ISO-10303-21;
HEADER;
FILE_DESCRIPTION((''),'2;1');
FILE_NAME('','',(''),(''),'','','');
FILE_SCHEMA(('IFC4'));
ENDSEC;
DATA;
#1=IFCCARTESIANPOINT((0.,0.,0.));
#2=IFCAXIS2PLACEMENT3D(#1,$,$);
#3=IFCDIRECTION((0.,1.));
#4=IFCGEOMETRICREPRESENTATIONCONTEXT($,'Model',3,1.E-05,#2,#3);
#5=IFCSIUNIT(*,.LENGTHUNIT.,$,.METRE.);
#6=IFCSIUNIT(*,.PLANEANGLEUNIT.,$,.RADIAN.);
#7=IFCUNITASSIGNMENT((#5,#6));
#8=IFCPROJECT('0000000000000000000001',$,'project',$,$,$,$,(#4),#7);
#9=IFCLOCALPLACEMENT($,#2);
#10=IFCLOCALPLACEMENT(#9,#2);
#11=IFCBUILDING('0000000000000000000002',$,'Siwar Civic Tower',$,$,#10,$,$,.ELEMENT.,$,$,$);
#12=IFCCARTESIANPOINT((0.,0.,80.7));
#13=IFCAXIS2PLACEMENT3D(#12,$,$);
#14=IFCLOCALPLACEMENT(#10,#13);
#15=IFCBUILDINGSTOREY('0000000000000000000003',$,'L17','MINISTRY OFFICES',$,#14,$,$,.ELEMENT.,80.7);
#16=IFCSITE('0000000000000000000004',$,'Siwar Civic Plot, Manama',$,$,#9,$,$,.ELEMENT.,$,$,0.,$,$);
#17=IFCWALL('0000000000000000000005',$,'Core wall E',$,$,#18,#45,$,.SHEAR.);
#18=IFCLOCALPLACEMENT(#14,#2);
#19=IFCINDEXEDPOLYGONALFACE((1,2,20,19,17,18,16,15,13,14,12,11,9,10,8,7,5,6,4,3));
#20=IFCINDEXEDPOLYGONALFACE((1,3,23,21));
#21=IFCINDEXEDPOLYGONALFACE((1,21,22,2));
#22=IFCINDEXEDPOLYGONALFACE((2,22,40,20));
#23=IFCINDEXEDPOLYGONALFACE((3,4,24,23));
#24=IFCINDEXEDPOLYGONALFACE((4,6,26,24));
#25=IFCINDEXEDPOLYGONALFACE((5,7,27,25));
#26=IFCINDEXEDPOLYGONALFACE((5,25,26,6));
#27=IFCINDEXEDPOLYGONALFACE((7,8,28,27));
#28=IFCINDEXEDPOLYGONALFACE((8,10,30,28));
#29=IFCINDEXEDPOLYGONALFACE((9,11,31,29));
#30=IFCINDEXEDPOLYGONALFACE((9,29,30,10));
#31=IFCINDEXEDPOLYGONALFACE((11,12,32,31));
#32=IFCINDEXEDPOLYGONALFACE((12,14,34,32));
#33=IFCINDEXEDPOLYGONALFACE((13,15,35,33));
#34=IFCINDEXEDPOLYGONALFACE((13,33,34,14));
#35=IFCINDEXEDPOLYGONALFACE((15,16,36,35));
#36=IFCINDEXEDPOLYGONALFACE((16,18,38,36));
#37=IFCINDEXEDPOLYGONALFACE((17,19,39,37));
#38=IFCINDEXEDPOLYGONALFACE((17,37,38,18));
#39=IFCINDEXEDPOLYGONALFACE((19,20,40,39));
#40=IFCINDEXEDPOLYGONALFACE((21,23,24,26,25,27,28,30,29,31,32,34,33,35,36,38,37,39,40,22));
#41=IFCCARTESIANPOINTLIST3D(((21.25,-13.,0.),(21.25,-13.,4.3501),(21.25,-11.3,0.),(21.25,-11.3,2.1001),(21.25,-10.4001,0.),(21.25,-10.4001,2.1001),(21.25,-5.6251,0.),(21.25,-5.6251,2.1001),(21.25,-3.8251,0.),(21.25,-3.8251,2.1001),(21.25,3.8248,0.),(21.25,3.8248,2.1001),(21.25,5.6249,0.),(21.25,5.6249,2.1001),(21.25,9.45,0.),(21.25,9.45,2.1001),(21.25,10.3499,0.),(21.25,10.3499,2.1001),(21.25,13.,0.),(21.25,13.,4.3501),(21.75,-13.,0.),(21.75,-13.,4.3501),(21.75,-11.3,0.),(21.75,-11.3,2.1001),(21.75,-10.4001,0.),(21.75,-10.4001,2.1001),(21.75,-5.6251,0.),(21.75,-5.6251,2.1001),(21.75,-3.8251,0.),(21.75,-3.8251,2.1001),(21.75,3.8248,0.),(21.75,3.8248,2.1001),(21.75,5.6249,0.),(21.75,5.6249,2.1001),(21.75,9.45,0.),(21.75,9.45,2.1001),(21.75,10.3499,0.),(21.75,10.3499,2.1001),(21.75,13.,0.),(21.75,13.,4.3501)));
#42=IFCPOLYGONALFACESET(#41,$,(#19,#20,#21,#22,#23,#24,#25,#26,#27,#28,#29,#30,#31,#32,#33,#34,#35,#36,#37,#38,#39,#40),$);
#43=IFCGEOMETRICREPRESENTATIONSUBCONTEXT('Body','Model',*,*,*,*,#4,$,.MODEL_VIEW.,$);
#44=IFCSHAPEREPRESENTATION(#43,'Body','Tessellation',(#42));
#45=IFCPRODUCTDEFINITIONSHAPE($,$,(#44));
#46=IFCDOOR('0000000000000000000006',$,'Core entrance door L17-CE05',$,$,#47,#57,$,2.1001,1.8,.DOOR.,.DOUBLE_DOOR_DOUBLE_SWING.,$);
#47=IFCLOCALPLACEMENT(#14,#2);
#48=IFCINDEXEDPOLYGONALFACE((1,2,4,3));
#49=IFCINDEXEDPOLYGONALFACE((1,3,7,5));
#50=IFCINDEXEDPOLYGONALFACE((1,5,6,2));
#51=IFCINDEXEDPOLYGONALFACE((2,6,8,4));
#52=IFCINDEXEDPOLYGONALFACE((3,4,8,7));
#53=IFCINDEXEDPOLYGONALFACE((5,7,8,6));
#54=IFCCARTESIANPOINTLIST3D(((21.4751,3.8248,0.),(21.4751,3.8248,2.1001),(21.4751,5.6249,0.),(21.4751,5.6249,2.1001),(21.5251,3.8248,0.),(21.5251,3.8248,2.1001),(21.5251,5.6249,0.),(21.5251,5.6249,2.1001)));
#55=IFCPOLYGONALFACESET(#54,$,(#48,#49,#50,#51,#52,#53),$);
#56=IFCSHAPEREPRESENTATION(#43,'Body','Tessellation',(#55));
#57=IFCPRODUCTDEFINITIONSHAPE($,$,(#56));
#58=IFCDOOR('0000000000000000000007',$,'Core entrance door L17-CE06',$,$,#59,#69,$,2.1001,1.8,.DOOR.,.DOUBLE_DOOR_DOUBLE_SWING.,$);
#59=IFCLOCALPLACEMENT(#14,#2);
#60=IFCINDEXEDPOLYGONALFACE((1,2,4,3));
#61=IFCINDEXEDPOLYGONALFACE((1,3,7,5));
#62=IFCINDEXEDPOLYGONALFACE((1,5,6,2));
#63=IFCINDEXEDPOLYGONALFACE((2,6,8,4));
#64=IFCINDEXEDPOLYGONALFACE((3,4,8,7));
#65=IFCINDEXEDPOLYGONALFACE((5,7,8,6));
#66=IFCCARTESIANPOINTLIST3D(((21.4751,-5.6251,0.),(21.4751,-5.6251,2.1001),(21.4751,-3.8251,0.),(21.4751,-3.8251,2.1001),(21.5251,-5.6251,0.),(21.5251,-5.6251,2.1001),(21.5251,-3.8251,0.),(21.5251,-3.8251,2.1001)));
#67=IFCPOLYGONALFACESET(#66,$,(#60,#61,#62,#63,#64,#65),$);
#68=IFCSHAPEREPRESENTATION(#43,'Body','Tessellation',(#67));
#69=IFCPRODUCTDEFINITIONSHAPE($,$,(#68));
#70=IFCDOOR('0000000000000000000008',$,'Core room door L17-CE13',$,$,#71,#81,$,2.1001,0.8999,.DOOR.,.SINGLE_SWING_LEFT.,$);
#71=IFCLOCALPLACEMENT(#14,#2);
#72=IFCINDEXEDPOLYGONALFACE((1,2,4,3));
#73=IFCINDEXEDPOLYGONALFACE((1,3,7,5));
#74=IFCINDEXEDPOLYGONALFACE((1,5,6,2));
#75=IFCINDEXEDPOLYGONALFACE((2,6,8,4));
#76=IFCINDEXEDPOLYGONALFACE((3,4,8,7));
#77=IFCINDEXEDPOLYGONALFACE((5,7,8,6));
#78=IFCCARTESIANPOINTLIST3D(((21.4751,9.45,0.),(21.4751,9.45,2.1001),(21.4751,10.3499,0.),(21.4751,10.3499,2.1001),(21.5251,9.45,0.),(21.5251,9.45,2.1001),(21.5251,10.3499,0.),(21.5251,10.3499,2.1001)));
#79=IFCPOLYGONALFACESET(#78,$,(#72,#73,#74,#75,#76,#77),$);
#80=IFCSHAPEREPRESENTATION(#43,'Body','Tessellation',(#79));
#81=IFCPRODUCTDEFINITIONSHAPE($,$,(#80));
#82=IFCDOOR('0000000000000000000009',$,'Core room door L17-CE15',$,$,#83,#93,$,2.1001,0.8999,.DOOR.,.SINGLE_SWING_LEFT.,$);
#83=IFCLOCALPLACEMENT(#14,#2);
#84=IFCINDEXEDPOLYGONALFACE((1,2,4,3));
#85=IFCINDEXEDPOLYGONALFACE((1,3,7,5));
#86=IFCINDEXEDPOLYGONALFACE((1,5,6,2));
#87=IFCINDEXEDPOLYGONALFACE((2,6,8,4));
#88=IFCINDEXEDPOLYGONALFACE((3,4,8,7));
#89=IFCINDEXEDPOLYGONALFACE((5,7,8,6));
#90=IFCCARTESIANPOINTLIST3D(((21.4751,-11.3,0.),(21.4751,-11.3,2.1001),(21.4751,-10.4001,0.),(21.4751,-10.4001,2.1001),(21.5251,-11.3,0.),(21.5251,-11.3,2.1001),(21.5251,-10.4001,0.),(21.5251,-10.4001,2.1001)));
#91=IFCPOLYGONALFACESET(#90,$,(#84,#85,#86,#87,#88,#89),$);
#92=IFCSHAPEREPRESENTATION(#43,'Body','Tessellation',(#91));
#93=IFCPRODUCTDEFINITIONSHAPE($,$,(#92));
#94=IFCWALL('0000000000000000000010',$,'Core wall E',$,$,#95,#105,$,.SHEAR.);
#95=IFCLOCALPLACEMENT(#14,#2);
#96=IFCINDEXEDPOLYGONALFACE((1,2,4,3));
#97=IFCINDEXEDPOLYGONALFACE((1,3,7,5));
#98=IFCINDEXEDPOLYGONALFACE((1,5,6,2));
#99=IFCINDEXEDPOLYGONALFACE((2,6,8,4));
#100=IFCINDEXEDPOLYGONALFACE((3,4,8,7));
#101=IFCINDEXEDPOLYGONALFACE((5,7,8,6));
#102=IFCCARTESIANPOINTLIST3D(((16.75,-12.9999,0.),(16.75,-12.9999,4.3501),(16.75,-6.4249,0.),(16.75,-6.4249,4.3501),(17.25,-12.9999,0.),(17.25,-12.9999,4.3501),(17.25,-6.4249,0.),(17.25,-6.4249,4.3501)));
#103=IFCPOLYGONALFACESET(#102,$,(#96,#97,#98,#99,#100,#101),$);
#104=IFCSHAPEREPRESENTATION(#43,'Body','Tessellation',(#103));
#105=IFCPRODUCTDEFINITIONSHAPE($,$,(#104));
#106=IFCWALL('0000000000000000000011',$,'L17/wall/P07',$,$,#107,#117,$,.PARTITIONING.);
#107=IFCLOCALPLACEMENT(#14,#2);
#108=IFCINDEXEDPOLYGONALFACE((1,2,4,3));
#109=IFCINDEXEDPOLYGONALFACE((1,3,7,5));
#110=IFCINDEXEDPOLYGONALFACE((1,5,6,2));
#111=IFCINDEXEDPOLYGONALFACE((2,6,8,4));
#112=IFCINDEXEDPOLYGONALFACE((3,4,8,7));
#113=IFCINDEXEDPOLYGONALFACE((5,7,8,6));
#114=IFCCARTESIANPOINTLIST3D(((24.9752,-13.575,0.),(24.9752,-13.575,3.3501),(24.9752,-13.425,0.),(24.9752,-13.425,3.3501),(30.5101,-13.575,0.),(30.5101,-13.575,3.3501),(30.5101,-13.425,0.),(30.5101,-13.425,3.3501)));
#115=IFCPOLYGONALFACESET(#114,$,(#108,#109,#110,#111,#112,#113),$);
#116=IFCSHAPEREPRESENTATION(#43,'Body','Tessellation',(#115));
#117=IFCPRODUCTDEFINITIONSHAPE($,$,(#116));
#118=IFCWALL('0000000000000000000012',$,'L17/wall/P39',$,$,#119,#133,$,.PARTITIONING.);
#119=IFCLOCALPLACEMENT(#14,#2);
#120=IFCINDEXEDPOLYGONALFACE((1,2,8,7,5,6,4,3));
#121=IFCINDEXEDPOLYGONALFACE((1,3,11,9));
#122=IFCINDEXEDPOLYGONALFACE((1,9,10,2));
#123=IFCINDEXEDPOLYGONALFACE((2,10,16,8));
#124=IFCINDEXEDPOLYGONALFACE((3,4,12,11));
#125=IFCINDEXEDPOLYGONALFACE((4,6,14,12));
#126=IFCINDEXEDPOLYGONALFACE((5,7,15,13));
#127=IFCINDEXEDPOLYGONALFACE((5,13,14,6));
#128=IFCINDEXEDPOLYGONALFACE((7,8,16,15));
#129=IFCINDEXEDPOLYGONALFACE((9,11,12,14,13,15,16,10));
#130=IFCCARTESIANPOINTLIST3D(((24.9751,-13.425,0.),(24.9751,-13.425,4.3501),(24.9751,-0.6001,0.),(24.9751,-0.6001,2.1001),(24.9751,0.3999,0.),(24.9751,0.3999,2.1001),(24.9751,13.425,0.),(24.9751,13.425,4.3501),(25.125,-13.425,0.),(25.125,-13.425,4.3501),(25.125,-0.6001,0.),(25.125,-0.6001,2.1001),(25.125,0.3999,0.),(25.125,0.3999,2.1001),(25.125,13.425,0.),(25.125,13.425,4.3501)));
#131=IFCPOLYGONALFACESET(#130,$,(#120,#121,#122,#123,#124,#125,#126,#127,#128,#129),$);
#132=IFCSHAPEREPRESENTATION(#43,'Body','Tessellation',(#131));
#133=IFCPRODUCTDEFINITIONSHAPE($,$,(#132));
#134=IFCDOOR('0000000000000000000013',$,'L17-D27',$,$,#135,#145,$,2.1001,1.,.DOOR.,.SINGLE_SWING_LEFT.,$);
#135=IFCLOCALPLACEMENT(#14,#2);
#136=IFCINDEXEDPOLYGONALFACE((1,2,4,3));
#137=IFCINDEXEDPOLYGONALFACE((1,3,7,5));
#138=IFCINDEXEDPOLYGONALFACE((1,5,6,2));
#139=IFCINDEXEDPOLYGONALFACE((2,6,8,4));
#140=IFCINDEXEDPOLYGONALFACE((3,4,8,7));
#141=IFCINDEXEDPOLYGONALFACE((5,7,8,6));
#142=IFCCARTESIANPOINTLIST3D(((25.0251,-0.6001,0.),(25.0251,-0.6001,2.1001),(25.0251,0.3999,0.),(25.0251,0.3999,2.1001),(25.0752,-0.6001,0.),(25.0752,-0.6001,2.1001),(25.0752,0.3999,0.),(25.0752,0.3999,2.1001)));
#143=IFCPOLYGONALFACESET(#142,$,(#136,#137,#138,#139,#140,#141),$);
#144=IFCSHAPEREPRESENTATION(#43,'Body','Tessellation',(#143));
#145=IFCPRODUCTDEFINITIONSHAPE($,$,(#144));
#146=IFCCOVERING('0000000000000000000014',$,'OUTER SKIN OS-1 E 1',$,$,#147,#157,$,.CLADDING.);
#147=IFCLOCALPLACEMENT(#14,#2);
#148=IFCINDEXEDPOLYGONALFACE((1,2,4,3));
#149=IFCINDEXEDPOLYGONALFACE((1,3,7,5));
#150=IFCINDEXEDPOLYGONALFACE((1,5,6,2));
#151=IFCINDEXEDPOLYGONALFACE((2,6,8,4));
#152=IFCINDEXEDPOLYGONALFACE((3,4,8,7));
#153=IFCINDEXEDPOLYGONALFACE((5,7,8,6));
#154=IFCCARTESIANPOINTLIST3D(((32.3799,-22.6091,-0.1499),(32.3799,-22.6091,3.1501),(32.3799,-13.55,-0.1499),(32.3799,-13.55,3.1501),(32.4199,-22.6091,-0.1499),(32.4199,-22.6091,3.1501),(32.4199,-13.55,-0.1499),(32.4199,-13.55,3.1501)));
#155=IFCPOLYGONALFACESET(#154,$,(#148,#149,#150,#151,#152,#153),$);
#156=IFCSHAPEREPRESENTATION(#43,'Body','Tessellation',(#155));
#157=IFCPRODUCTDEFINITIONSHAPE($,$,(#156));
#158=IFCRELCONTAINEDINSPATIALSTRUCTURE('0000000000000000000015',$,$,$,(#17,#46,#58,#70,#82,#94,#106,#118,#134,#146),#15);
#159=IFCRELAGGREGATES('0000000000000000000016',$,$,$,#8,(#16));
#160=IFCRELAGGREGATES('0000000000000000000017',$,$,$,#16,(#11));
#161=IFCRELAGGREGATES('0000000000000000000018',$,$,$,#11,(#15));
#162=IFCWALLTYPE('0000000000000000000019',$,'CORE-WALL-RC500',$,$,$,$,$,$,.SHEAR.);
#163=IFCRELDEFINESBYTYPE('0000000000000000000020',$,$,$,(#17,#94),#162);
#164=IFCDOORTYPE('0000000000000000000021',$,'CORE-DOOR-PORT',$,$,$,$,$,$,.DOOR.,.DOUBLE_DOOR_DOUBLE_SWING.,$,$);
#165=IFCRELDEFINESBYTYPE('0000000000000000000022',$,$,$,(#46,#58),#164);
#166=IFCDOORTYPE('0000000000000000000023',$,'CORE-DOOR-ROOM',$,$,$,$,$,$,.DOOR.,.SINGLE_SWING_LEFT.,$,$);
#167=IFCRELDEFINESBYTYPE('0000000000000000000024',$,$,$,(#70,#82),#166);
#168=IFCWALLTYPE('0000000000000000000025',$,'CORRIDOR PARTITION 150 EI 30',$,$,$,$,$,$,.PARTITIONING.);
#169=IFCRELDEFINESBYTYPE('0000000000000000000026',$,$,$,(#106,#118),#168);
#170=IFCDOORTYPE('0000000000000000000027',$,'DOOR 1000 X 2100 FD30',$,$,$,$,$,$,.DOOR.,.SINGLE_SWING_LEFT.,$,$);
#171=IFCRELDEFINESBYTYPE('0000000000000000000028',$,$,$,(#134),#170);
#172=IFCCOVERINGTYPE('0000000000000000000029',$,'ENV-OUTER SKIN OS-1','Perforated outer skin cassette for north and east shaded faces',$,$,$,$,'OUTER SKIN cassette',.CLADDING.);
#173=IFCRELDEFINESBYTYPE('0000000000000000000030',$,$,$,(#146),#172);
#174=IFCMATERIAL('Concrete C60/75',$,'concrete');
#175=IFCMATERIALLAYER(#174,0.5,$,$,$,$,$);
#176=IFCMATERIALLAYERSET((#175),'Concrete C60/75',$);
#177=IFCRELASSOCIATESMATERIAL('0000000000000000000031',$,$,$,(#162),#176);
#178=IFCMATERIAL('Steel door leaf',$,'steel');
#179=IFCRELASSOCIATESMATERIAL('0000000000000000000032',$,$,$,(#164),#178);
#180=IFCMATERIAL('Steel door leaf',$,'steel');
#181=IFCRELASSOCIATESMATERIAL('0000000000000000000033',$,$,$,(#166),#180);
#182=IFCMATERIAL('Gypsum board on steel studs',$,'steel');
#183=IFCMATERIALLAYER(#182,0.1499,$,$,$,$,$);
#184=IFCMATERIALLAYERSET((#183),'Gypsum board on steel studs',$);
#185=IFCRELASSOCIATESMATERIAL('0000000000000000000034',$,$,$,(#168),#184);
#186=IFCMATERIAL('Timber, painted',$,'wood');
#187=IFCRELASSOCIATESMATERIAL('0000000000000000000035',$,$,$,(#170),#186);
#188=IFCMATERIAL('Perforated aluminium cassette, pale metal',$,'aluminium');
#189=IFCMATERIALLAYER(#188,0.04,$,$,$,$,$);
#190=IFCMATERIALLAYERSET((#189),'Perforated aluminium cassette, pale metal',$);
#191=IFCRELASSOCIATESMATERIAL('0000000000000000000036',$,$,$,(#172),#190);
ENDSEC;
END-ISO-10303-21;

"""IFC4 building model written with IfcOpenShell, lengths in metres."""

from ifc_helpers import new_model, si_unit, direction, frame, frame_2d, origin, origin_2d, place, context, subcontext, project, spatial, rectangle, extrude, material, layer, layer_set, type_object, element, fill, save


model = new_model("IFC4")

# Units and contexts
model_context = context("Model", 3, precision=1e-05, world=origin(), true_north=direction((0.0, 1.0)))
body_context = subcontext(model_context, "Body", "Model", "MODEL_VIEW")
ifc_project = project(units=[si_unit("LENGTHUNIT", "METRE"), si_unit("PLANEANGLEUNIT", "RADIAN")], contexts=[model_context])

# Site, building, storey
site_placement = place(None, origin())
site = spatial("IfcSite", under=ifc_project, at=site_placement, Name="Siwar Civic Plot, Manama", CompositionType="ELEMENT", RefElevation=0.0)
building_placement = place(site_placement, origin())
building = spatial("IfcBuilding", under=site, at=building_placement, Name="Siwar Civic Tower", CompositionType="ELEMENT")
storey_placement = place(building_placement, frame((0.0, 0.0, 80.7)))
storey = spatial("IfcBuildingStorey", under=building, at=storey_placement, Name="L17", Description="MINISTRY OFFICES", CompositionType="ELEMENT", Elevation=80.7)

# Wall, openings, doors
ifc_material_1 = material(Name="Concrete C60/75", Category="concrete")
ifc_layer_1 = layer(ifc_material_1, 0.5)
ifc_layer_set_1 = layer_set([ifc_layer_1], Name="Concrete C60/75")
wall_type_1 = type_object("IfcWallType", Name="CORE-WALL-RC500", PredefinedType="SHEAR", material=ifc_layer_set_1)
wall_1_placement = place(storey_placement, frame((21.5, -13.0, 0.0), z_axis=(0.0, 0.0, 1.0), x_axis=(0.0, 1.0, 0.0)))
wall_1 = element("IfcWall", 1, at=wall_1_placement, inside=storey, type_object=wall_type_1, Name="Core wall E", PredefinedType="SHEAR", context=body_context, shape_type="SweptSolid", body=[
    extrude(rectangle(XDim=26.0, YDim=0.5, at=frame_2d((13.0, 0.0))), origin(), (0.0, 0.0, 1.0), 4.3501),
])
opening_1_placement = place(wall_1_placement, frame((16.825, 0.0, 0.0)))
opening_1 = element("IfcOpeningElement", 2, at=opening_1_placement, cuts=wall_1, PredefinedType="OPENING", context=body_context, shape_type="SweptSolid", body=[
    extrude(rectangle(XDim=1.8, YDim=2.1001, at=frame_2d((0.8999, 1.05))), frame((0.0, 0.26, 0.0), z_axis=(0.0, -1.0, 0.0), x_axis=(1.0, 0.0, 0.0)), (0.0, 0.0, 1.0), 0.52),
])
opening_2_placement = place(wall_1_placement, frame((7.375, 0.0, 0.0)))
opening_2 = element("IfcOpeningElement", 3, at=opening_2_placement, cuts=wall_1, PredefinedType="OPENING", context=body_context, shape_type="SweptSolid", body=[
    extrude(rectangle(XDim=1.8, YDim=2.1001, at=frame_2d((0.8999, 1.05))), frame((0.0, 0.26, 0.0), z_axis=(0.0, -1.0, 0.0), x_axis=(1.0, 0.0, 0.0)), (0.0, 0.0, 1.0), 0.52),
])
opening_3_placement = place(wall_1_placement, frame((22.45, 0.0, 0.0)))
opening_3 = element("IfcOpeningElement", 4, at=opening_3_placement, cuts=wall_1, PredefinedType="OPENING", context=body_context, shape_type="SweptSolid", body=[
    extrude(rectangle(XDim=0.8999, YDim=2.1001, at=frame_2d((0.45, 1.05))), frame((0.0, 0.26, 0.0), z_axis=(0.0, -1.0, 0.0), x_axis=(1.0, 0.0, 0.0)), (0.0, 0.0, 1.0), 0.52),
])
opening_4_placement = place(wall_1_placement, frame((1.7, 0.0, 0.0)))
opening_4 = element("IfcOpeningElement", 5, at=opening_4_placement, cuts=wall_1, PredefinedType="OPENING", context=body_context, shape_type="SweptSolid", body=[
    extrude(rectangle(XDim=0.8999, YDim=2.1001, at=frame_2d((0.45, 1.05))), frame((0.0, 0.26, 0.0), z_axis=(0.0, -1.0, 0.0), x_axis=(1.0, 0.0, 0.0)), (0.0, 0.0, 1.0), 0.52),
])
ifc_material_2 = material(Name="Steel door leaf", Category="steel")
door_type_1 = type_object("IfcDoorType", Name="CORE-DOOR-PORT", OperationType="DOUBLE_DOOR_DOUBLE_SWING", PredefinedType="DOOR", material=ifc_material_2)
door_1_placement = place(opening_1_placement, origin())
door_1 = element("IfcDoor", 6, at=door_1_placement, inside=storey, type_object=door_type_1, Name="Core entrance door L17-CE05", OperationType="DOUBLE_DOOR_DOUBLE_SWING", OverallHeight=2.1001, OverallWidth=1.8, PredefinedType="DOOR", context=body_context, shape_type="SweptSolid", body=[
    extrude(rectangle(XDim=1.8, YDim=2.1001, at=frame_2d((0.8999, 1.05))), frame((0.0, 0.0249, 0.0), z_axis=(0.0, -1.0, 0.0), x_axis=(1.0, 0.0, 0.0)), (0.0, 0.0, 1.0), 0.05),
])
fill(opening_1, door_1)
door_2_placement = place(opening_2_placement, origin())
door_2 = element("IfcDoor", 7, at=door_2_placement, inside=storey, type_object=door_type_1, Name="Core entrance door L17-CE06", OperationType="DOUBLE_DOOR_DOUBLE_SWING", OverallHeight=2.1001, OverallWidth=1.8, PredefinedType="DOOR", context=body_context, shape_type="SweptSolid", body=[
    extrude(rectangle(XDim=1.8, YDim=2.1001, at=frame_2d((0.8999, 1.05))), frame((0.0, 0.0249, 0.0), z_axis=(0.0, -1.0, 0.0), x_axis=(1.0, 0.0, 0.0)), (0.0, 0.0, 1.0), 0.05),
])
fill(opening_2, door_2)
ifc_material_3 = material(Name="Steel door leaf", Category="steel")
door_type_2 = type_object("IfcDoorType", Name="CORE-DOOR-ROOM", OperationType="SINGLE_SWING_LEFT", PredefinedType="DOOR", material=ifc_material_3)
door_3_placement = place(opening_3_placement, origin())
door_3 = element("IfcDoor", 8, at=door_3_placement, inside=storey, type_object=door_type_2, Name="Core room door L17-CE13", OperationType="SINGLE_SWING_LEFT", OverallHeight=2.1001, OverallWidth=0.8999, PredefinedType="DOOR", context=body_context, shape_type="SweptSolid", body=[
    extrude(rectangle(XDim=0.8999, YDim=2.1001, at=frame_2d((0.45, 1.05))), frame((0.0, 0.0249, 0.0), z_axis=(0.0, -1.0, 0.0), x_axis=(1.0, 0.0, 0.0)), (0.0, 0.0, 1.0), 0.05),
])
fill(opening_3, door_3)
door_4_placement = place(opening_4_placement, origin())
door_4 = element("IfcDoor", 9, at=door_4_placement, inside=storey, type_object=door_type_2, Name="Core room door L17-CE15", OperationType="SINGLE_SWING_LEFT", OverallHeight=2.1001, OverallWidth=0.8999, PredefinedType="DOOR", context=body_context, shape_type="SweptSolid", body=[
    extrude(rectangle(XDim=0.8999, YDim=2.1001, at=frame_2d((0.45, 1.05))), frame((0.0, 0.0249, 0.0), z_axis=(0.0, -1.0, 0.0), x_axis=(1.0, 0.0, 0.0)), (0.0, 0.0, 1.0), 0.05),
])
fill(opening_4, door_4)

# Walls
wall_2_placement = place(storey_placement, frame((17.0, -13.0, 0.0), z_axis=(0.0, 0.0, 1.0), x_axis=(0.0, 1.0, 0.0)))
element("IfcWall", 10, at=wall_2_placement, inside=storey, type_object=wall_type_1, Name="Core wall E", PredefinedType="SHEAR", context=body_context, shape_type="SweptSolid", body=[
    extrude(rectangle(XDim=6.575, YDim=0.5, at=frame_2d((3.2876, 0.0))), origin(), (0.0, 0.0, 1.0), 4.3501),
])
ifc_material_4 = material(Name="Gypsum board on steel studs", Category="steel")
ifc_layer_2 = layer(ifc_material_4, 0.1499)
ifc_layer_set_2 = layer_set([ifc_layer_2], Name="Gypsum board on steel studs")
wall_type_2 = type_object("IfcWallType", Name="CORRIDOR PARTITION 150 EI 30", PredefinedType="PARTITIONING", material=ifc_layer_set_2)
wall_3_placement = place(storey_placement, frame((24.9751, -13.5, 0.0), z_axis=(0.0, 0.0, 1.0), x_axis=(1.0, 0.0, 0.0)))
element("IfcWall", 11, at=wall_3_placement, inside=storey, type_object=wall_type_2, Name="L17/wall/P07", PredefinedType="PARTITIONING", context=body_context, shape_type="SweptSolid", body=[
    extrude(rectangle(XDim=5.5349, YDim=0.1499, at=frame_2d((2.7676, 0.0))), origin(), (0.0, 0.0, 1.0), 3.3501),
])

# Wall, opening, door
wall_4_placement = place(storey_placement, frame((25.05, -13.425, 0.0), z_axis=(0.0, 0.0, 1.0), x_axis=(0.0, 1.0, 0.0)))
wall_4 = element("IfcWall", 12, at=wall_4_placement, inside=storey, type_object=wall_type_2, Name="L17/wall/P39", PredefinedType="PARTITIONING", context=body_context, shape_type="SweptSolid", body=[
    extrude(rectangle(XDim=26.8501, YDim=0.1499, at=frame_2d((13.425, 0.0))), origin(), (0.0, 0.0, 1.0), 4.3501),
])
opening_5_placement = place(wall_4_placement, frame((12.825, 0.0, 0.0)))
opening_5 = element("IfcOpeningElement", 13, at=opening_5_placement, cuts=wall_4, PredefinedType="OPENING", context=body_context, shape_type="SweptSolid", body=[
    extrude(rectangle(XDim=1.0, YDim=2.1001, at=frame_2d((0.5, 1.05))), frame((0.0, 0.085, 0.0), z_axis=(0.0, -1.0, 0.0), x_axis=(1.0, 0.0, 0.0)), (0.0, 0.0, 1.0), 0.1699),
])
ifc_material_5 = material(Name="Timber, painted", Category="wood")
door_type_3 = type_object("IfcDoorType", Name="DOOR 1000 X 2100 FD30", OperationType="SINGLE_SWING_LEFT", PredefinedType="DOOR", material=ifc_material_5)
door_5_placement = place(opening_5_placement, origin())
door_5 = element("IfcDoor", 14, at=door_5_placement, inside=storey, type_object=door_type_3, Name="L17-D27", OperationType="SINGLE_SWING_LEFT", OverallHeight=2.1001, OverallWidth=1.0, PredefinedType="DOOR", context=body_context, shape_type="SweptSolid", body=[
    extrude(rectangle(XDim=1.0, YDim=2.1001, at=frame_2d((0.5, 1.05))), frame((0.0, 0.0249, 0.0), z_axis=(0.0, -1.0, 0.0), x_axis=(1.0, 0.0, 0.0)), (0.0, 0.0, 1.0), 0.05),
])
fill(opening_5, door_5)

# Covering
ifc_material_6 = material(Name="Perforated aluminium cassette, pale metal", Category="aluminium")
ifc_layer_3 = layer(ifc_material_6, 0.04)
ifc_layer_set_3 = layer_set([ifc_layer_3], Name="Perforated aluminium cassette, pale metal")
covering_type = type_object("IfcCoveringType", Name="ENV-OUTER SKIN OS-1", Description="Perforated outer skin cassette for north and east shaded faces", ElementType="OUTER SKIN cassette", PredefinedType="CLADDING", material=ifc_layer_set_3)
covering_1_placement = place(storey_placement, frame((32.3999, -18.0796, -0.1499), z_axis=(0.0, 0.0, 1.0), x_axis=(0.0, 1.0, 0.0)))
element("IfcCovering", 15, at=covering_1_placement, inside=storey, type_object=covering_type, Name="OUTER SKIN OS-1 E 1", PredefinedType="CLADDING", context=body_context, shape_type="SweptSolid", body=[
    extrude(rectangle(XDim=9.0591, YDim=0.04, at=origin_2d()), origin(), (0.0, 0.0, 1.0), 3.3),
])

save(model, "model.ifc")
